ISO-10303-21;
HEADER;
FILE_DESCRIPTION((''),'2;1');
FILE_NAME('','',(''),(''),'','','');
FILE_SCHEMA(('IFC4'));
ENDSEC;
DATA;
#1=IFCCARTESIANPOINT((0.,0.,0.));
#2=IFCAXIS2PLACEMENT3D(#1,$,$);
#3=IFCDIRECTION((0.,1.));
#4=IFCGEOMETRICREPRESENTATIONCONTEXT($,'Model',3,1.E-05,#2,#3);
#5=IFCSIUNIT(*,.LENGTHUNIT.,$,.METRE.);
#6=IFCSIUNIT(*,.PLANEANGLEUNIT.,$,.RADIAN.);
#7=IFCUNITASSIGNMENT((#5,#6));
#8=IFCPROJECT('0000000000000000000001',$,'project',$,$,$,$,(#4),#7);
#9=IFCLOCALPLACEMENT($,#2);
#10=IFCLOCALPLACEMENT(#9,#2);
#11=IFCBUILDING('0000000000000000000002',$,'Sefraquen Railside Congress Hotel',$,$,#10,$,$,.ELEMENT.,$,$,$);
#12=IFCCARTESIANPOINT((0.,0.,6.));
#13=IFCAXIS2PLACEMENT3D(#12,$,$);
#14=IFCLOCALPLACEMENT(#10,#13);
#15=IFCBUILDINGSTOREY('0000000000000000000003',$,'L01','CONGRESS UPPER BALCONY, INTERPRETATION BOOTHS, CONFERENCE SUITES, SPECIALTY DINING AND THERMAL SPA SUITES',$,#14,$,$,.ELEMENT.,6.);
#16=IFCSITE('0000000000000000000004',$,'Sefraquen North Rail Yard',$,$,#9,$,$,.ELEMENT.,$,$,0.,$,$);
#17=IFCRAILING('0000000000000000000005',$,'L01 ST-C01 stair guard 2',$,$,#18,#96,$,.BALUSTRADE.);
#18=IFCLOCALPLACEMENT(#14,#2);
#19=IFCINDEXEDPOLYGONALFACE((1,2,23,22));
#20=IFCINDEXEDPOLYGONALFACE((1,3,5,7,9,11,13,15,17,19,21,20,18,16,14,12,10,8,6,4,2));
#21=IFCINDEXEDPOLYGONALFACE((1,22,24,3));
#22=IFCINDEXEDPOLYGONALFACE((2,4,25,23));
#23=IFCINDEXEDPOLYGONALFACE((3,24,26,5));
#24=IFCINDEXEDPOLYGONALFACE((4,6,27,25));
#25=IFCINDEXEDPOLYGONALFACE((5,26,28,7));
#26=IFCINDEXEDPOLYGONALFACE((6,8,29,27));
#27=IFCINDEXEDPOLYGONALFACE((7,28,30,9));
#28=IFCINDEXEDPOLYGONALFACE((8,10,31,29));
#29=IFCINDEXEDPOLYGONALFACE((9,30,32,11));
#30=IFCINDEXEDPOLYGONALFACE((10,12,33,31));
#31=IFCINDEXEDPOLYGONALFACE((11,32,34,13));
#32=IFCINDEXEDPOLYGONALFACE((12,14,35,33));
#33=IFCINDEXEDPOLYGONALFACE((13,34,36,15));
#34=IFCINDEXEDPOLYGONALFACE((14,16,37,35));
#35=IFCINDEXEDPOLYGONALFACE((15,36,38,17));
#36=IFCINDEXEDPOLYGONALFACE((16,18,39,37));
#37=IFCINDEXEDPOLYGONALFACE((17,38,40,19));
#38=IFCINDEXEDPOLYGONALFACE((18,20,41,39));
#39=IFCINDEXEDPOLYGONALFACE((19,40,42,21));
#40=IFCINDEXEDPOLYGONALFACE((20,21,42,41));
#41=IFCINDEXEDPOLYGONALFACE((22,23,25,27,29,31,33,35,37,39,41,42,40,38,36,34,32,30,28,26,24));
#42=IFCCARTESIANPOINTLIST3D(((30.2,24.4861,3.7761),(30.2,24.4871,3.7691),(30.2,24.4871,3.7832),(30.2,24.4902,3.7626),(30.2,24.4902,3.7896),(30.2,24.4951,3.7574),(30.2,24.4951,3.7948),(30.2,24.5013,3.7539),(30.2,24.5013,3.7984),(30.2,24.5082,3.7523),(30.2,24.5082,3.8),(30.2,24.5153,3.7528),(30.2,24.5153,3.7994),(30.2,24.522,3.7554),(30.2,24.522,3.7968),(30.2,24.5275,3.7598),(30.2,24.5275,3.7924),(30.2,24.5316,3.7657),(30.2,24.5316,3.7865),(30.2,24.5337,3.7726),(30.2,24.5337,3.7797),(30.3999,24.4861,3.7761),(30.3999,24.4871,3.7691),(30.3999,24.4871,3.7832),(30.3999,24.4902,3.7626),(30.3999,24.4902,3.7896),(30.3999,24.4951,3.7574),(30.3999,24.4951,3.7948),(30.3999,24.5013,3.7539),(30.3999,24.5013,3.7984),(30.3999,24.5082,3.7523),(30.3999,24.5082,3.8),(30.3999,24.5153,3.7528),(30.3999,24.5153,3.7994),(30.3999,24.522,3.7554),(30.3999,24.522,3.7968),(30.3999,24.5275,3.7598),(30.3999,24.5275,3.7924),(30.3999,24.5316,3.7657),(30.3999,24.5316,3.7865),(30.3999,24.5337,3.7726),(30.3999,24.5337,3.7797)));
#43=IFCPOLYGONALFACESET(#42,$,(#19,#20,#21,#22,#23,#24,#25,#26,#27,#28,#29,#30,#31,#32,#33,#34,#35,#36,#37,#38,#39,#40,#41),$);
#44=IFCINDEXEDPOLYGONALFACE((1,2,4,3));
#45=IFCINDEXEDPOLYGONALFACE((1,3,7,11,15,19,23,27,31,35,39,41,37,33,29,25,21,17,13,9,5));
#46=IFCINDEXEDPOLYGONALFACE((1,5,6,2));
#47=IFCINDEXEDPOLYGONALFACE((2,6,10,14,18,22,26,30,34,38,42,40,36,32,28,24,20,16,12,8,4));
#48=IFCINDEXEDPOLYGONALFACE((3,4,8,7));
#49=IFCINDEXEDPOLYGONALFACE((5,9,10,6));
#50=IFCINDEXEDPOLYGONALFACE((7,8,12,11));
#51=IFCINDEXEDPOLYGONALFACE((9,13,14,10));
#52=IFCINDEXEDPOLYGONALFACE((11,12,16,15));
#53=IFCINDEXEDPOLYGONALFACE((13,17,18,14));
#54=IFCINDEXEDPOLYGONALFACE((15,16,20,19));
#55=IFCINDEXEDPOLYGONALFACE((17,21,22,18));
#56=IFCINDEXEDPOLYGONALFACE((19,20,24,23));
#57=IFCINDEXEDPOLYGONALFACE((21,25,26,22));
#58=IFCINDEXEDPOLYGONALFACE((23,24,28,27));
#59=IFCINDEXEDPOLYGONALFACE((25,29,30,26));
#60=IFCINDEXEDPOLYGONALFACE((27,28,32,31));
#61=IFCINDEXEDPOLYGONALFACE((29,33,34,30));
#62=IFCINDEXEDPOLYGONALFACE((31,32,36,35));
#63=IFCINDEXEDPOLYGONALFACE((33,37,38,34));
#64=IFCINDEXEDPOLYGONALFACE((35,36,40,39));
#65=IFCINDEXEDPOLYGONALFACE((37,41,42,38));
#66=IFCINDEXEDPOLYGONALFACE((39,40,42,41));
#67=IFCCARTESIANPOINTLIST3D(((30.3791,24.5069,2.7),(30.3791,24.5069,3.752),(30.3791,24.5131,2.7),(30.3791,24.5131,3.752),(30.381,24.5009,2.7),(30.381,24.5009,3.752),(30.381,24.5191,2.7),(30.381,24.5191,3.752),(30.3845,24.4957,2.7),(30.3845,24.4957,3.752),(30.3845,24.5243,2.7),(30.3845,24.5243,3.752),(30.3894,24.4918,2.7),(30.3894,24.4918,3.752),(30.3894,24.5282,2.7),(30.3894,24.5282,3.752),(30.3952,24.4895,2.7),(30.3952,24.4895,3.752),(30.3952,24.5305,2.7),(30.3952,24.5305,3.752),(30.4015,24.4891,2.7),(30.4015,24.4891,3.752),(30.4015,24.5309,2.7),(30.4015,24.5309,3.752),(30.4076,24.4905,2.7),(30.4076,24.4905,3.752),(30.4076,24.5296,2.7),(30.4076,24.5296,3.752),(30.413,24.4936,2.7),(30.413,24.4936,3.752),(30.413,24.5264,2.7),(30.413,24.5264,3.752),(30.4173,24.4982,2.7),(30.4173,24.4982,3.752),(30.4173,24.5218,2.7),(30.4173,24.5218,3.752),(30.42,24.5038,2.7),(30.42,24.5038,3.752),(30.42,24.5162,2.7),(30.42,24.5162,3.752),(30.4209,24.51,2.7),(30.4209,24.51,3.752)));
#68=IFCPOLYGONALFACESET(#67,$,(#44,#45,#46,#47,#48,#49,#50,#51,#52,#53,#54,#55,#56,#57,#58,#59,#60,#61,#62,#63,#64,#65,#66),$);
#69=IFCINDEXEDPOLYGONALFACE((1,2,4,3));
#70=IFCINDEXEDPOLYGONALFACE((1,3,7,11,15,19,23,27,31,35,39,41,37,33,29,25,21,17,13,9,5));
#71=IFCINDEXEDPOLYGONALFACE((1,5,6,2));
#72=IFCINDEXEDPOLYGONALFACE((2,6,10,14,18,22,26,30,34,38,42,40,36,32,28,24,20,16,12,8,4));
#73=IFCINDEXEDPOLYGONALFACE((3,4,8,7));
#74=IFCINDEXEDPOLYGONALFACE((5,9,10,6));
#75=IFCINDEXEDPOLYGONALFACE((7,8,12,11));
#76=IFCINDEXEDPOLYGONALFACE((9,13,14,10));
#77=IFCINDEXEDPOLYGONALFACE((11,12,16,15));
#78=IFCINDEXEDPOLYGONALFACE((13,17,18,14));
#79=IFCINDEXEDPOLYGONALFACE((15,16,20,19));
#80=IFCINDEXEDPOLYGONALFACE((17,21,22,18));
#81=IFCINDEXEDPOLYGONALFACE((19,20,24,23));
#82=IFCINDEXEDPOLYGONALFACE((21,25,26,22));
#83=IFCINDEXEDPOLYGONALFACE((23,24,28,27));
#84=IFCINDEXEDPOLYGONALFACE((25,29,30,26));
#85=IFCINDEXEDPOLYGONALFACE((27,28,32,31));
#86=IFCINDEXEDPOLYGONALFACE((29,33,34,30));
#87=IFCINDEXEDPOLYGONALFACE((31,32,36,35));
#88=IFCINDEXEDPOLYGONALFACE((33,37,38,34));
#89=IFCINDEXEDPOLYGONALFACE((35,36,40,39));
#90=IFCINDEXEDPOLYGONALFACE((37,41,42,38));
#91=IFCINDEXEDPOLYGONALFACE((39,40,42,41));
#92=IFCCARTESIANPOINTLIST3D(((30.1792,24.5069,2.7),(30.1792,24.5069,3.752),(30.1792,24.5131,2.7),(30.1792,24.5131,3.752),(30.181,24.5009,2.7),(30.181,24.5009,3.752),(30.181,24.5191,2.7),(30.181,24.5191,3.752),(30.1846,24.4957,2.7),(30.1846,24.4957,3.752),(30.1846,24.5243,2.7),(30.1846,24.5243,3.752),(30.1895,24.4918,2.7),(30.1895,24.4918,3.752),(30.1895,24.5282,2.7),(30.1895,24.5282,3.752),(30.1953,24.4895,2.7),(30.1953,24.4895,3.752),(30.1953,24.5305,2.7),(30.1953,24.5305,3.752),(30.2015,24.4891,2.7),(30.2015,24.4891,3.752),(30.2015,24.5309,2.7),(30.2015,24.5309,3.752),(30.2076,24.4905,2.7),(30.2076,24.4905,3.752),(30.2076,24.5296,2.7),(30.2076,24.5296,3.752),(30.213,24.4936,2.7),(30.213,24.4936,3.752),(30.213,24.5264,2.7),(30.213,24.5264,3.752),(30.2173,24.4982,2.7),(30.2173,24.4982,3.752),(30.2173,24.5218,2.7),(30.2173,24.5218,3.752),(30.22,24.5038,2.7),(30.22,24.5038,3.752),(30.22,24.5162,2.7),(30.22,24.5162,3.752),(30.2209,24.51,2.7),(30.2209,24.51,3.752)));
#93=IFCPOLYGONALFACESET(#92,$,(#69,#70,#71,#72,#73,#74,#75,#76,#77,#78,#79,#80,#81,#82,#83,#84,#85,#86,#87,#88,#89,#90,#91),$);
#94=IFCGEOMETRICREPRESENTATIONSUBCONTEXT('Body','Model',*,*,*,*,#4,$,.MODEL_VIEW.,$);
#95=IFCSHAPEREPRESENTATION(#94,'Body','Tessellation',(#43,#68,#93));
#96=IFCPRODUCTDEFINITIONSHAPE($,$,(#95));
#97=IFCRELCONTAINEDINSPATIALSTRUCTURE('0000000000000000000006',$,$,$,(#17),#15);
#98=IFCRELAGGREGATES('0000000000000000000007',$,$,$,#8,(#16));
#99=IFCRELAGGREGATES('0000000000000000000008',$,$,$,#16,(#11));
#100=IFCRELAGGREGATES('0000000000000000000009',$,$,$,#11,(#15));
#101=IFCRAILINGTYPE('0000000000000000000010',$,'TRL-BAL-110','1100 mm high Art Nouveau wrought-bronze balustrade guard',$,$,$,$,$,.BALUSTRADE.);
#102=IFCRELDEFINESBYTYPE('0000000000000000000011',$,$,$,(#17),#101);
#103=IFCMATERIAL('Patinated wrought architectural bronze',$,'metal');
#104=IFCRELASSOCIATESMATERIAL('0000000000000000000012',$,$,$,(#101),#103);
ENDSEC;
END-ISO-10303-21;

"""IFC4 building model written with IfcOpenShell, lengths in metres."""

from ifc_helpers import new_model, si_unit, direction, frame, origin, origin_2d, place, context, subcontext, project, spatial, circle, extrude, material, type_object, element, save


model = new_model("IFC4")

# Units and contexts
model_context = context("Model", 3, precision=1e-05, world=origin(), true_north=direction((0.0, 1.0)))
body_context = subcontext(model_context, "Body", "Model", "MODEL_VIEW")
ifc_project = project(units=[si_unit("LENGTHUNIT", "METRE"), si_unit("PLANEANGLEUNIT", "RADIAN")], contexts=[model_context])

# Site, building, storey
site_placement = place(None, origin())
site = spatial("IfcSite", under=ifc_project, at=site_placement, Name="Sefraquen North Rail Yard", CompositionType="ELEMENT", RefElevation=0.0)
building_placement = place(site_placement, origin())
building = spatial("IfcBuilding", under=site, at=building_placement, Name="Sefraquen Railside Congress Hotel", CompositionType="ELEMENT")
storey_placement = place(building_placement, frame((0.0, 0.0, 6.0)))
storey = spatial("IfcBuildingStorey", under=building, at=storey_placement, Name="L01", Description="CONGRESS UPPER BALCONY, INTERPRETATION BOOTHS, CONFERENCE SUITES, SPECIALTY DINING AND THERMAL SPA SUITES", CompositionType="ELEMENT", Elevation=6.0)

# Railing
ifc_material_1 = material(Name="Patinated wrought architectural bronze", Category="metal")
railing_type_1 = type_object("IfcRailingType", Name="TRL-BAL-110", Description="1100 mm high Art Nouveau wrought-bronze balustrade guard", PredefinedType="BALUSTRADE", material=ifc_material_1)
railing_1_placement = place(storey_placement, frame((30.3999, 24.51, 2.7)))
element("IfcRailing", 1, at=railing_1_placement, inside=storey, type_object=railing_type_1, Name="L01 ST-C01 stair guard 2", PredefinedType="BALUSTRADE", context=body_context, shape_type="SweptSolid", body=[
    extrude(circle(Radius=0.0239, at=origin_2d()), frame((0.0, 0.0, 1.0762), z_axis=(-1.0, 0.0, 0.0), x_axis=(0.0, -1.0, 0.0)), (0.0, 0.0, 1.0), 0.2),
    extrude(circle(Radius=0.021, at=origin_2d()), origin(), (0.0, 0.0, 1.0), 1.052),
    extrude(circle(Radius=0.021, at=origin_2d()), frame((-0.2, 0.0, 0.0)), (0.0, 0.0, 1.0), 1.052),
])

save(model, "model.ifc")
